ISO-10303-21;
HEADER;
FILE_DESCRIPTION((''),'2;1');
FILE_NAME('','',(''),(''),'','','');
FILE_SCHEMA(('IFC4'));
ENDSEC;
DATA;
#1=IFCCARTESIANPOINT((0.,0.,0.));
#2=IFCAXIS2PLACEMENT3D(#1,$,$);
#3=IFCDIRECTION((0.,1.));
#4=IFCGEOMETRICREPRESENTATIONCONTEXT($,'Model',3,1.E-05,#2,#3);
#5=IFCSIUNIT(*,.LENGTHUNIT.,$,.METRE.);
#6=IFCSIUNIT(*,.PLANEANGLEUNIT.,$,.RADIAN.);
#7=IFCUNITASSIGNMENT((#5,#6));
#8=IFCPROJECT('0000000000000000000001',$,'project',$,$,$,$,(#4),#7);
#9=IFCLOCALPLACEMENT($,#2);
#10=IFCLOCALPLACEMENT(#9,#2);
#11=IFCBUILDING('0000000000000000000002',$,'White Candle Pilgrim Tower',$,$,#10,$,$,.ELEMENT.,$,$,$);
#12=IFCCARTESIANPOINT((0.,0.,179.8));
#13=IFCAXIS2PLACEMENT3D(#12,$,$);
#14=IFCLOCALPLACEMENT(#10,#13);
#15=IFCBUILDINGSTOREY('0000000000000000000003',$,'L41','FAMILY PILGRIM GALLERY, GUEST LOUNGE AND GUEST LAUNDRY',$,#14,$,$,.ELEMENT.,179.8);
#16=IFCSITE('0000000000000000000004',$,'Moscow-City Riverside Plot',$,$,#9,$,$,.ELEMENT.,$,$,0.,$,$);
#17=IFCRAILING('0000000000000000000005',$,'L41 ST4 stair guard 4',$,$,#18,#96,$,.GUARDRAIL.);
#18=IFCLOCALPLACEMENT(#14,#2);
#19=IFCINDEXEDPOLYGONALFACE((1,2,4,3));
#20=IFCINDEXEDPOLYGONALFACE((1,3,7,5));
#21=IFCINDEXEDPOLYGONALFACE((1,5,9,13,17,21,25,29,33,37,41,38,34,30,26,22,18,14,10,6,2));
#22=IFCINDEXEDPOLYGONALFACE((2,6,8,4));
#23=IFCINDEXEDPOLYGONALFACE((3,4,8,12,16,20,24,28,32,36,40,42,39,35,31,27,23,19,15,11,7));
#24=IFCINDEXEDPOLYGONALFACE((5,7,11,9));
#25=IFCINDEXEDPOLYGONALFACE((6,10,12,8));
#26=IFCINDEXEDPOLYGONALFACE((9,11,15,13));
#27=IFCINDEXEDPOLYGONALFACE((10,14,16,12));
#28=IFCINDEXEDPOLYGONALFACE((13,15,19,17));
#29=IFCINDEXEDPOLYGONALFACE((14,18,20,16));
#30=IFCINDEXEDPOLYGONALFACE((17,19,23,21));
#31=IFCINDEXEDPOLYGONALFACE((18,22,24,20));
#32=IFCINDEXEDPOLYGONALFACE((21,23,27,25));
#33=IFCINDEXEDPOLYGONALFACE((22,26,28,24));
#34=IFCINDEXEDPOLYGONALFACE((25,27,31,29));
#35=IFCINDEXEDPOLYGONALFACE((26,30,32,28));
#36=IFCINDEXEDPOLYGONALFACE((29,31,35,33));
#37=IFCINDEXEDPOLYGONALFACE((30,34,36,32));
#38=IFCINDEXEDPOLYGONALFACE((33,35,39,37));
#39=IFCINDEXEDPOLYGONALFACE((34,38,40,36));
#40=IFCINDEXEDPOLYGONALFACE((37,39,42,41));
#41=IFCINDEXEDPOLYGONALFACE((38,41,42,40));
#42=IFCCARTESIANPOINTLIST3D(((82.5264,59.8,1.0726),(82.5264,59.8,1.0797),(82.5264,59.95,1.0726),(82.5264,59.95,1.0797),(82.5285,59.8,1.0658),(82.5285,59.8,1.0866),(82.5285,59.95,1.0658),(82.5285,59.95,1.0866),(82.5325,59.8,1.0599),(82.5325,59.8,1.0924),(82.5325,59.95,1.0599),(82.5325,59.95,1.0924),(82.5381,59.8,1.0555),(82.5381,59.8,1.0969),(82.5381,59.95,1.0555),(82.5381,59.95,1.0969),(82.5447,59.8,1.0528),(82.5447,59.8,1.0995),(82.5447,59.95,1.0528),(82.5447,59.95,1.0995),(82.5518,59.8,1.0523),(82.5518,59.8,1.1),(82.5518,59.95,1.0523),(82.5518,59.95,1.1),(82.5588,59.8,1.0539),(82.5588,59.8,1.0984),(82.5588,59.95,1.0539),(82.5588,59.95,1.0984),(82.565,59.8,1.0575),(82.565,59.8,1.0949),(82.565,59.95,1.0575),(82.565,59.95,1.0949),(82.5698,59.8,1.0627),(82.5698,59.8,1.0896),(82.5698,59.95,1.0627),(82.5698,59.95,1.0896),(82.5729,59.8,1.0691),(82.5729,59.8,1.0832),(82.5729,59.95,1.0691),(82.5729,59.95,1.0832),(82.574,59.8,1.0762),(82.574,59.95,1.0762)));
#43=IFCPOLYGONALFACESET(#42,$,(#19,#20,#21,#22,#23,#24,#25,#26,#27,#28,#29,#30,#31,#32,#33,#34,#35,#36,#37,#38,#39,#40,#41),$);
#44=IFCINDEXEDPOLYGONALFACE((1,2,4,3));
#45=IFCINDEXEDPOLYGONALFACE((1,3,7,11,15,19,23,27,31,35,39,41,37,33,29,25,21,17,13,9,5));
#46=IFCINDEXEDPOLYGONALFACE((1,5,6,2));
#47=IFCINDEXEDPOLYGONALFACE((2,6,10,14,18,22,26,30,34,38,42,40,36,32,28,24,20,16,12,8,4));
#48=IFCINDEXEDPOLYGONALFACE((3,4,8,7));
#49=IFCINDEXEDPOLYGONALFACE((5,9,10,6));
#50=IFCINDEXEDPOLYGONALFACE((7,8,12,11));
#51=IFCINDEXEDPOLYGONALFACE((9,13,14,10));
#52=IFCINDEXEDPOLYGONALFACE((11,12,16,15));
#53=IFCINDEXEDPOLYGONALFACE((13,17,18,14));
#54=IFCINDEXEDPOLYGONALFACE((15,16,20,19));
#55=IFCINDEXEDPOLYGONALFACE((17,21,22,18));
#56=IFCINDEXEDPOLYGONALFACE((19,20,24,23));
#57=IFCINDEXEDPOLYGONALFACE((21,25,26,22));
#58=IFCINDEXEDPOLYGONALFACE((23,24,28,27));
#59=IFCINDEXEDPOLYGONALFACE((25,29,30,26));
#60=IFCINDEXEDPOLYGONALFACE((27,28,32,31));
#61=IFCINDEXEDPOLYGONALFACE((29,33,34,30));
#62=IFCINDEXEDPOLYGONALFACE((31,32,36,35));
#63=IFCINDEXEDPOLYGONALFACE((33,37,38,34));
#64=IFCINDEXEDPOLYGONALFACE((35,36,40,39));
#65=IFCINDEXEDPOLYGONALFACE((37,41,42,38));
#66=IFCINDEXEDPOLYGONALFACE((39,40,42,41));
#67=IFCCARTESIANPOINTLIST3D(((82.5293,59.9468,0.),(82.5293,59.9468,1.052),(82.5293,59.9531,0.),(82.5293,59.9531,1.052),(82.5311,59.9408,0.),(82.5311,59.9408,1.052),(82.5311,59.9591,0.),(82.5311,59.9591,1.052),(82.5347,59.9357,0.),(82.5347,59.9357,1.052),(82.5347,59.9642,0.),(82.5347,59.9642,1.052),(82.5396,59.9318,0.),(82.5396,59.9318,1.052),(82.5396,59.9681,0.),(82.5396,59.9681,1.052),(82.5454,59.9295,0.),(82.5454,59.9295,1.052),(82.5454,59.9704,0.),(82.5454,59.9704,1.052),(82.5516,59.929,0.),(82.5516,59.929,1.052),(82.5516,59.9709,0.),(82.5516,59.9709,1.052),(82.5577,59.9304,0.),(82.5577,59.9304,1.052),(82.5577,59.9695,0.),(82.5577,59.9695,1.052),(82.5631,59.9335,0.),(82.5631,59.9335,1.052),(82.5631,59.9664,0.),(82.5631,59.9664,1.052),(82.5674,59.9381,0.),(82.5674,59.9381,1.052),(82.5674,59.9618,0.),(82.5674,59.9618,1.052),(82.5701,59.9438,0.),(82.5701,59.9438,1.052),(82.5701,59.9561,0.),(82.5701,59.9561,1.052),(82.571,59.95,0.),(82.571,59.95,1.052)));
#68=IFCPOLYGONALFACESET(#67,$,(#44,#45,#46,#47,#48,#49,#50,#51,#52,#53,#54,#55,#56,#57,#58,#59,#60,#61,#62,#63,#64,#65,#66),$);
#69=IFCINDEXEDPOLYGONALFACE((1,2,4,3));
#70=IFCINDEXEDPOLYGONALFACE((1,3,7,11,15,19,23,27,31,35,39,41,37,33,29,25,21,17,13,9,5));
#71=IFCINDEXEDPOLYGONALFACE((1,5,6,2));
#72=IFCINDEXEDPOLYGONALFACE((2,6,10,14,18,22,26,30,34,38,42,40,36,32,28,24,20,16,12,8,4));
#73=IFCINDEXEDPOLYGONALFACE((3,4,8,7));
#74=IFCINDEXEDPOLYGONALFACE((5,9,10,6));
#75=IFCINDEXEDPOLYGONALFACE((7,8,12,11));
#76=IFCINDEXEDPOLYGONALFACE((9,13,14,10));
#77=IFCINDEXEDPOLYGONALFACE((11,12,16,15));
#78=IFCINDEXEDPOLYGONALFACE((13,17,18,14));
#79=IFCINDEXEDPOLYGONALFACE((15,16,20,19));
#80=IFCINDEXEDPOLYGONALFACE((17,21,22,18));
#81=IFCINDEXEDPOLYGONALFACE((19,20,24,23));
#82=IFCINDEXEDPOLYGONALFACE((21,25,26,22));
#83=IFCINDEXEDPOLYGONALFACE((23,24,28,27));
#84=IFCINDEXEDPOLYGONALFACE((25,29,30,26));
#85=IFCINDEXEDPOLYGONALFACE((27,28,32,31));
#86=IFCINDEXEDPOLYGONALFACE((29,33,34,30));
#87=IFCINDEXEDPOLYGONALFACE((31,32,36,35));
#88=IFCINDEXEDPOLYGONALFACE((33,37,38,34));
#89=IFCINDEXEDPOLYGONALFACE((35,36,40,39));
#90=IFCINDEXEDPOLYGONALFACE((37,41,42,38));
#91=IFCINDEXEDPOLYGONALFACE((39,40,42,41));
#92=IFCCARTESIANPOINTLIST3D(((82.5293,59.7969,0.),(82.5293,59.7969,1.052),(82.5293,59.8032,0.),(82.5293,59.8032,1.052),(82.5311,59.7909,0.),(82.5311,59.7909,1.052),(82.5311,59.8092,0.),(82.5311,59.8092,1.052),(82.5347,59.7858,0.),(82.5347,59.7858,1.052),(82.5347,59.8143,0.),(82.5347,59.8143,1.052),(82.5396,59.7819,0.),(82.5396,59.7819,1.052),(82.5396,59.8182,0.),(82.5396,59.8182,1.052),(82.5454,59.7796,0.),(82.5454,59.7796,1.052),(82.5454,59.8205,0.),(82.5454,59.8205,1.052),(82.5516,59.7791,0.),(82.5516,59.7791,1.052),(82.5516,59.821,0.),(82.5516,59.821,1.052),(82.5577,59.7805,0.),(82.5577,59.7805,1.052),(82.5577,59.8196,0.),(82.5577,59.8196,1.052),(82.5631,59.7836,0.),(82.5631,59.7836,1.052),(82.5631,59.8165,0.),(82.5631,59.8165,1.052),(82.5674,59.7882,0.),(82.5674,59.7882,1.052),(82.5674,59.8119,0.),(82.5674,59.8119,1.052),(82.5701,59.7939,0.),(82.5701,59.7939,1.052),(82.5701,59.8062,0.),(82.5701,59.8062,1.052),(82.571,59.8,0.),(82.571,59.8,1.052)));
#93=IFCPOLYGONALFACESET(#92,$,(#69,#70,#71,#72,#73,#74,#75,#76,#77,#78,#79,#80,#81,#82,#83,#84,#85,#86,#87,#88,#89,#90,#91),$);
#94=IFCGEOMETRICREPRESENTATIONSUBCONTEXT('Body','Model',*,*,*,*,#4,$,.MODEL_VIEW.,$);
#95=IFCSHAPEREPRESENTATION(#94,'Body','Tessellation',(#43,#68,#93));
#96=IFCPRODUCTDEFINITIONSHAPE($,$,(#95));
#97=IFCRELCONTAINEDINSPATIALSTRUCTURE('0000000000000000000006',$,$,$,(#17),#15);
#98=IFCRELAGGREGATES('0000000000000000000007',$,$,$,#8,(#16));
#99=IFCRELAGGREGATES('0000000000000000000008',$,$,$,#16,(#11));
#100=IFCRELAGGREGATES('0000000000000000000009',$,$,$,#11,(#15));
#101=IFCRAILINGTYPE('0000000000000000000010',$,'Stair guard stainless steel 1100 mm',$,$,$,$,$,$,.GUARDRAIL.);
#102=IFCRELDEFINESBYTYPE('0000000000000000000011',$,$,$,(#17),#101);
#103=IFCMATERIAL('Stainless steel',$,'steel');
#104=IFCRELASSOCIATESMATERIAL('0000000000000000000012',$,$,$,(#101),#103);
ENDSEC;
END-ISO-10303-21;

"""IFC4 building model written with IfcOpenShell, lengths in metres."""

from ifc_helpers import new_model, si_unit, direction, frame, origin, origin_2d, place, context, subcontext, project, spatial, circle, extrude, material, type_object, element, save


model = new_model("IFC4")

# Units and contexts
model_context = context("Model", 3, precision=1e-05, world=origin(), true_north=direction((0.0, 1.0)))
body_context = subcontext(model_context, "Body", "Model", "MODEL_VIEW")
ifc_project = project(units=[si_unit("LENGTHUNIT", "METRE"), si_unit("PLANEANGLEUNIT", "RADIAN")], contexts=[model_context])

# Site, building, storey
site_placement = place(None, origin())
site = spatial("IfcSite", under=ifc_project, at=site_placement, Name="Moscow-City Riverside Plot", CompositionType="ELEMENT", RefElevation=0.0)
building_placement = place(site_placement, origin())
building = spatial("IfcBuilding", under=site, at=building_placement, Name="White Candle Pilgrim Tower", CompositionType="ELEMENT")
storey_placement = place(building_placement, frame((0.0, 0.0, 179.8)))
storey = spatial("IfcBuildingStorey", under=building, at=storey_placement, Name="L41", Description="FAMILY PILGRIM GALLERY, GUEST LOUNGE AND GUEST LAUNDRY", CompositionType="ELEMENT", Elevation=179.8)

# Railing
ifc_material_1 = material(Name="Stainless steel", Category="steel")
railing_type_1 = type_object("IfcRailingType", Name="Stair guard stainless steel 1100 mm", PredefinedType="GUARDRAIL", material=ifc_material_1)
railing_1_placement = place(storey_placement, frame((82.55, 59.95, 0.0)))
element("IfcRailing", 1, at=railing_1_placement, inside=storey, type_object=railing_type_1, Name="L41 ST4 stair guard 4", PredefinedType="GUARDRAIL", context=body_context, shape_type="SweptSolid", body=[
    extrude(circle(Radius=0.0239, at=origin_2d()), frame((0.0, 0.0, 1.0762), z_axis=(0.0, -1.0, 0.0), x_axis=(1.0, 0.0, 0.0)), (0.0, 0.0, 1.0), 0.1499),
    extrude(circle(Radius=0.021, at=origin_2d()), origin(), (0.0, 0.0, 1.0), 1.052),
    extrude(circle(Radius=0.021, at=origin_2d()), frame((0.0, -0.1499, 0.0)), (0.0, 0.0, 1.0), 1.052),
])

save(model, "model.ifc")
